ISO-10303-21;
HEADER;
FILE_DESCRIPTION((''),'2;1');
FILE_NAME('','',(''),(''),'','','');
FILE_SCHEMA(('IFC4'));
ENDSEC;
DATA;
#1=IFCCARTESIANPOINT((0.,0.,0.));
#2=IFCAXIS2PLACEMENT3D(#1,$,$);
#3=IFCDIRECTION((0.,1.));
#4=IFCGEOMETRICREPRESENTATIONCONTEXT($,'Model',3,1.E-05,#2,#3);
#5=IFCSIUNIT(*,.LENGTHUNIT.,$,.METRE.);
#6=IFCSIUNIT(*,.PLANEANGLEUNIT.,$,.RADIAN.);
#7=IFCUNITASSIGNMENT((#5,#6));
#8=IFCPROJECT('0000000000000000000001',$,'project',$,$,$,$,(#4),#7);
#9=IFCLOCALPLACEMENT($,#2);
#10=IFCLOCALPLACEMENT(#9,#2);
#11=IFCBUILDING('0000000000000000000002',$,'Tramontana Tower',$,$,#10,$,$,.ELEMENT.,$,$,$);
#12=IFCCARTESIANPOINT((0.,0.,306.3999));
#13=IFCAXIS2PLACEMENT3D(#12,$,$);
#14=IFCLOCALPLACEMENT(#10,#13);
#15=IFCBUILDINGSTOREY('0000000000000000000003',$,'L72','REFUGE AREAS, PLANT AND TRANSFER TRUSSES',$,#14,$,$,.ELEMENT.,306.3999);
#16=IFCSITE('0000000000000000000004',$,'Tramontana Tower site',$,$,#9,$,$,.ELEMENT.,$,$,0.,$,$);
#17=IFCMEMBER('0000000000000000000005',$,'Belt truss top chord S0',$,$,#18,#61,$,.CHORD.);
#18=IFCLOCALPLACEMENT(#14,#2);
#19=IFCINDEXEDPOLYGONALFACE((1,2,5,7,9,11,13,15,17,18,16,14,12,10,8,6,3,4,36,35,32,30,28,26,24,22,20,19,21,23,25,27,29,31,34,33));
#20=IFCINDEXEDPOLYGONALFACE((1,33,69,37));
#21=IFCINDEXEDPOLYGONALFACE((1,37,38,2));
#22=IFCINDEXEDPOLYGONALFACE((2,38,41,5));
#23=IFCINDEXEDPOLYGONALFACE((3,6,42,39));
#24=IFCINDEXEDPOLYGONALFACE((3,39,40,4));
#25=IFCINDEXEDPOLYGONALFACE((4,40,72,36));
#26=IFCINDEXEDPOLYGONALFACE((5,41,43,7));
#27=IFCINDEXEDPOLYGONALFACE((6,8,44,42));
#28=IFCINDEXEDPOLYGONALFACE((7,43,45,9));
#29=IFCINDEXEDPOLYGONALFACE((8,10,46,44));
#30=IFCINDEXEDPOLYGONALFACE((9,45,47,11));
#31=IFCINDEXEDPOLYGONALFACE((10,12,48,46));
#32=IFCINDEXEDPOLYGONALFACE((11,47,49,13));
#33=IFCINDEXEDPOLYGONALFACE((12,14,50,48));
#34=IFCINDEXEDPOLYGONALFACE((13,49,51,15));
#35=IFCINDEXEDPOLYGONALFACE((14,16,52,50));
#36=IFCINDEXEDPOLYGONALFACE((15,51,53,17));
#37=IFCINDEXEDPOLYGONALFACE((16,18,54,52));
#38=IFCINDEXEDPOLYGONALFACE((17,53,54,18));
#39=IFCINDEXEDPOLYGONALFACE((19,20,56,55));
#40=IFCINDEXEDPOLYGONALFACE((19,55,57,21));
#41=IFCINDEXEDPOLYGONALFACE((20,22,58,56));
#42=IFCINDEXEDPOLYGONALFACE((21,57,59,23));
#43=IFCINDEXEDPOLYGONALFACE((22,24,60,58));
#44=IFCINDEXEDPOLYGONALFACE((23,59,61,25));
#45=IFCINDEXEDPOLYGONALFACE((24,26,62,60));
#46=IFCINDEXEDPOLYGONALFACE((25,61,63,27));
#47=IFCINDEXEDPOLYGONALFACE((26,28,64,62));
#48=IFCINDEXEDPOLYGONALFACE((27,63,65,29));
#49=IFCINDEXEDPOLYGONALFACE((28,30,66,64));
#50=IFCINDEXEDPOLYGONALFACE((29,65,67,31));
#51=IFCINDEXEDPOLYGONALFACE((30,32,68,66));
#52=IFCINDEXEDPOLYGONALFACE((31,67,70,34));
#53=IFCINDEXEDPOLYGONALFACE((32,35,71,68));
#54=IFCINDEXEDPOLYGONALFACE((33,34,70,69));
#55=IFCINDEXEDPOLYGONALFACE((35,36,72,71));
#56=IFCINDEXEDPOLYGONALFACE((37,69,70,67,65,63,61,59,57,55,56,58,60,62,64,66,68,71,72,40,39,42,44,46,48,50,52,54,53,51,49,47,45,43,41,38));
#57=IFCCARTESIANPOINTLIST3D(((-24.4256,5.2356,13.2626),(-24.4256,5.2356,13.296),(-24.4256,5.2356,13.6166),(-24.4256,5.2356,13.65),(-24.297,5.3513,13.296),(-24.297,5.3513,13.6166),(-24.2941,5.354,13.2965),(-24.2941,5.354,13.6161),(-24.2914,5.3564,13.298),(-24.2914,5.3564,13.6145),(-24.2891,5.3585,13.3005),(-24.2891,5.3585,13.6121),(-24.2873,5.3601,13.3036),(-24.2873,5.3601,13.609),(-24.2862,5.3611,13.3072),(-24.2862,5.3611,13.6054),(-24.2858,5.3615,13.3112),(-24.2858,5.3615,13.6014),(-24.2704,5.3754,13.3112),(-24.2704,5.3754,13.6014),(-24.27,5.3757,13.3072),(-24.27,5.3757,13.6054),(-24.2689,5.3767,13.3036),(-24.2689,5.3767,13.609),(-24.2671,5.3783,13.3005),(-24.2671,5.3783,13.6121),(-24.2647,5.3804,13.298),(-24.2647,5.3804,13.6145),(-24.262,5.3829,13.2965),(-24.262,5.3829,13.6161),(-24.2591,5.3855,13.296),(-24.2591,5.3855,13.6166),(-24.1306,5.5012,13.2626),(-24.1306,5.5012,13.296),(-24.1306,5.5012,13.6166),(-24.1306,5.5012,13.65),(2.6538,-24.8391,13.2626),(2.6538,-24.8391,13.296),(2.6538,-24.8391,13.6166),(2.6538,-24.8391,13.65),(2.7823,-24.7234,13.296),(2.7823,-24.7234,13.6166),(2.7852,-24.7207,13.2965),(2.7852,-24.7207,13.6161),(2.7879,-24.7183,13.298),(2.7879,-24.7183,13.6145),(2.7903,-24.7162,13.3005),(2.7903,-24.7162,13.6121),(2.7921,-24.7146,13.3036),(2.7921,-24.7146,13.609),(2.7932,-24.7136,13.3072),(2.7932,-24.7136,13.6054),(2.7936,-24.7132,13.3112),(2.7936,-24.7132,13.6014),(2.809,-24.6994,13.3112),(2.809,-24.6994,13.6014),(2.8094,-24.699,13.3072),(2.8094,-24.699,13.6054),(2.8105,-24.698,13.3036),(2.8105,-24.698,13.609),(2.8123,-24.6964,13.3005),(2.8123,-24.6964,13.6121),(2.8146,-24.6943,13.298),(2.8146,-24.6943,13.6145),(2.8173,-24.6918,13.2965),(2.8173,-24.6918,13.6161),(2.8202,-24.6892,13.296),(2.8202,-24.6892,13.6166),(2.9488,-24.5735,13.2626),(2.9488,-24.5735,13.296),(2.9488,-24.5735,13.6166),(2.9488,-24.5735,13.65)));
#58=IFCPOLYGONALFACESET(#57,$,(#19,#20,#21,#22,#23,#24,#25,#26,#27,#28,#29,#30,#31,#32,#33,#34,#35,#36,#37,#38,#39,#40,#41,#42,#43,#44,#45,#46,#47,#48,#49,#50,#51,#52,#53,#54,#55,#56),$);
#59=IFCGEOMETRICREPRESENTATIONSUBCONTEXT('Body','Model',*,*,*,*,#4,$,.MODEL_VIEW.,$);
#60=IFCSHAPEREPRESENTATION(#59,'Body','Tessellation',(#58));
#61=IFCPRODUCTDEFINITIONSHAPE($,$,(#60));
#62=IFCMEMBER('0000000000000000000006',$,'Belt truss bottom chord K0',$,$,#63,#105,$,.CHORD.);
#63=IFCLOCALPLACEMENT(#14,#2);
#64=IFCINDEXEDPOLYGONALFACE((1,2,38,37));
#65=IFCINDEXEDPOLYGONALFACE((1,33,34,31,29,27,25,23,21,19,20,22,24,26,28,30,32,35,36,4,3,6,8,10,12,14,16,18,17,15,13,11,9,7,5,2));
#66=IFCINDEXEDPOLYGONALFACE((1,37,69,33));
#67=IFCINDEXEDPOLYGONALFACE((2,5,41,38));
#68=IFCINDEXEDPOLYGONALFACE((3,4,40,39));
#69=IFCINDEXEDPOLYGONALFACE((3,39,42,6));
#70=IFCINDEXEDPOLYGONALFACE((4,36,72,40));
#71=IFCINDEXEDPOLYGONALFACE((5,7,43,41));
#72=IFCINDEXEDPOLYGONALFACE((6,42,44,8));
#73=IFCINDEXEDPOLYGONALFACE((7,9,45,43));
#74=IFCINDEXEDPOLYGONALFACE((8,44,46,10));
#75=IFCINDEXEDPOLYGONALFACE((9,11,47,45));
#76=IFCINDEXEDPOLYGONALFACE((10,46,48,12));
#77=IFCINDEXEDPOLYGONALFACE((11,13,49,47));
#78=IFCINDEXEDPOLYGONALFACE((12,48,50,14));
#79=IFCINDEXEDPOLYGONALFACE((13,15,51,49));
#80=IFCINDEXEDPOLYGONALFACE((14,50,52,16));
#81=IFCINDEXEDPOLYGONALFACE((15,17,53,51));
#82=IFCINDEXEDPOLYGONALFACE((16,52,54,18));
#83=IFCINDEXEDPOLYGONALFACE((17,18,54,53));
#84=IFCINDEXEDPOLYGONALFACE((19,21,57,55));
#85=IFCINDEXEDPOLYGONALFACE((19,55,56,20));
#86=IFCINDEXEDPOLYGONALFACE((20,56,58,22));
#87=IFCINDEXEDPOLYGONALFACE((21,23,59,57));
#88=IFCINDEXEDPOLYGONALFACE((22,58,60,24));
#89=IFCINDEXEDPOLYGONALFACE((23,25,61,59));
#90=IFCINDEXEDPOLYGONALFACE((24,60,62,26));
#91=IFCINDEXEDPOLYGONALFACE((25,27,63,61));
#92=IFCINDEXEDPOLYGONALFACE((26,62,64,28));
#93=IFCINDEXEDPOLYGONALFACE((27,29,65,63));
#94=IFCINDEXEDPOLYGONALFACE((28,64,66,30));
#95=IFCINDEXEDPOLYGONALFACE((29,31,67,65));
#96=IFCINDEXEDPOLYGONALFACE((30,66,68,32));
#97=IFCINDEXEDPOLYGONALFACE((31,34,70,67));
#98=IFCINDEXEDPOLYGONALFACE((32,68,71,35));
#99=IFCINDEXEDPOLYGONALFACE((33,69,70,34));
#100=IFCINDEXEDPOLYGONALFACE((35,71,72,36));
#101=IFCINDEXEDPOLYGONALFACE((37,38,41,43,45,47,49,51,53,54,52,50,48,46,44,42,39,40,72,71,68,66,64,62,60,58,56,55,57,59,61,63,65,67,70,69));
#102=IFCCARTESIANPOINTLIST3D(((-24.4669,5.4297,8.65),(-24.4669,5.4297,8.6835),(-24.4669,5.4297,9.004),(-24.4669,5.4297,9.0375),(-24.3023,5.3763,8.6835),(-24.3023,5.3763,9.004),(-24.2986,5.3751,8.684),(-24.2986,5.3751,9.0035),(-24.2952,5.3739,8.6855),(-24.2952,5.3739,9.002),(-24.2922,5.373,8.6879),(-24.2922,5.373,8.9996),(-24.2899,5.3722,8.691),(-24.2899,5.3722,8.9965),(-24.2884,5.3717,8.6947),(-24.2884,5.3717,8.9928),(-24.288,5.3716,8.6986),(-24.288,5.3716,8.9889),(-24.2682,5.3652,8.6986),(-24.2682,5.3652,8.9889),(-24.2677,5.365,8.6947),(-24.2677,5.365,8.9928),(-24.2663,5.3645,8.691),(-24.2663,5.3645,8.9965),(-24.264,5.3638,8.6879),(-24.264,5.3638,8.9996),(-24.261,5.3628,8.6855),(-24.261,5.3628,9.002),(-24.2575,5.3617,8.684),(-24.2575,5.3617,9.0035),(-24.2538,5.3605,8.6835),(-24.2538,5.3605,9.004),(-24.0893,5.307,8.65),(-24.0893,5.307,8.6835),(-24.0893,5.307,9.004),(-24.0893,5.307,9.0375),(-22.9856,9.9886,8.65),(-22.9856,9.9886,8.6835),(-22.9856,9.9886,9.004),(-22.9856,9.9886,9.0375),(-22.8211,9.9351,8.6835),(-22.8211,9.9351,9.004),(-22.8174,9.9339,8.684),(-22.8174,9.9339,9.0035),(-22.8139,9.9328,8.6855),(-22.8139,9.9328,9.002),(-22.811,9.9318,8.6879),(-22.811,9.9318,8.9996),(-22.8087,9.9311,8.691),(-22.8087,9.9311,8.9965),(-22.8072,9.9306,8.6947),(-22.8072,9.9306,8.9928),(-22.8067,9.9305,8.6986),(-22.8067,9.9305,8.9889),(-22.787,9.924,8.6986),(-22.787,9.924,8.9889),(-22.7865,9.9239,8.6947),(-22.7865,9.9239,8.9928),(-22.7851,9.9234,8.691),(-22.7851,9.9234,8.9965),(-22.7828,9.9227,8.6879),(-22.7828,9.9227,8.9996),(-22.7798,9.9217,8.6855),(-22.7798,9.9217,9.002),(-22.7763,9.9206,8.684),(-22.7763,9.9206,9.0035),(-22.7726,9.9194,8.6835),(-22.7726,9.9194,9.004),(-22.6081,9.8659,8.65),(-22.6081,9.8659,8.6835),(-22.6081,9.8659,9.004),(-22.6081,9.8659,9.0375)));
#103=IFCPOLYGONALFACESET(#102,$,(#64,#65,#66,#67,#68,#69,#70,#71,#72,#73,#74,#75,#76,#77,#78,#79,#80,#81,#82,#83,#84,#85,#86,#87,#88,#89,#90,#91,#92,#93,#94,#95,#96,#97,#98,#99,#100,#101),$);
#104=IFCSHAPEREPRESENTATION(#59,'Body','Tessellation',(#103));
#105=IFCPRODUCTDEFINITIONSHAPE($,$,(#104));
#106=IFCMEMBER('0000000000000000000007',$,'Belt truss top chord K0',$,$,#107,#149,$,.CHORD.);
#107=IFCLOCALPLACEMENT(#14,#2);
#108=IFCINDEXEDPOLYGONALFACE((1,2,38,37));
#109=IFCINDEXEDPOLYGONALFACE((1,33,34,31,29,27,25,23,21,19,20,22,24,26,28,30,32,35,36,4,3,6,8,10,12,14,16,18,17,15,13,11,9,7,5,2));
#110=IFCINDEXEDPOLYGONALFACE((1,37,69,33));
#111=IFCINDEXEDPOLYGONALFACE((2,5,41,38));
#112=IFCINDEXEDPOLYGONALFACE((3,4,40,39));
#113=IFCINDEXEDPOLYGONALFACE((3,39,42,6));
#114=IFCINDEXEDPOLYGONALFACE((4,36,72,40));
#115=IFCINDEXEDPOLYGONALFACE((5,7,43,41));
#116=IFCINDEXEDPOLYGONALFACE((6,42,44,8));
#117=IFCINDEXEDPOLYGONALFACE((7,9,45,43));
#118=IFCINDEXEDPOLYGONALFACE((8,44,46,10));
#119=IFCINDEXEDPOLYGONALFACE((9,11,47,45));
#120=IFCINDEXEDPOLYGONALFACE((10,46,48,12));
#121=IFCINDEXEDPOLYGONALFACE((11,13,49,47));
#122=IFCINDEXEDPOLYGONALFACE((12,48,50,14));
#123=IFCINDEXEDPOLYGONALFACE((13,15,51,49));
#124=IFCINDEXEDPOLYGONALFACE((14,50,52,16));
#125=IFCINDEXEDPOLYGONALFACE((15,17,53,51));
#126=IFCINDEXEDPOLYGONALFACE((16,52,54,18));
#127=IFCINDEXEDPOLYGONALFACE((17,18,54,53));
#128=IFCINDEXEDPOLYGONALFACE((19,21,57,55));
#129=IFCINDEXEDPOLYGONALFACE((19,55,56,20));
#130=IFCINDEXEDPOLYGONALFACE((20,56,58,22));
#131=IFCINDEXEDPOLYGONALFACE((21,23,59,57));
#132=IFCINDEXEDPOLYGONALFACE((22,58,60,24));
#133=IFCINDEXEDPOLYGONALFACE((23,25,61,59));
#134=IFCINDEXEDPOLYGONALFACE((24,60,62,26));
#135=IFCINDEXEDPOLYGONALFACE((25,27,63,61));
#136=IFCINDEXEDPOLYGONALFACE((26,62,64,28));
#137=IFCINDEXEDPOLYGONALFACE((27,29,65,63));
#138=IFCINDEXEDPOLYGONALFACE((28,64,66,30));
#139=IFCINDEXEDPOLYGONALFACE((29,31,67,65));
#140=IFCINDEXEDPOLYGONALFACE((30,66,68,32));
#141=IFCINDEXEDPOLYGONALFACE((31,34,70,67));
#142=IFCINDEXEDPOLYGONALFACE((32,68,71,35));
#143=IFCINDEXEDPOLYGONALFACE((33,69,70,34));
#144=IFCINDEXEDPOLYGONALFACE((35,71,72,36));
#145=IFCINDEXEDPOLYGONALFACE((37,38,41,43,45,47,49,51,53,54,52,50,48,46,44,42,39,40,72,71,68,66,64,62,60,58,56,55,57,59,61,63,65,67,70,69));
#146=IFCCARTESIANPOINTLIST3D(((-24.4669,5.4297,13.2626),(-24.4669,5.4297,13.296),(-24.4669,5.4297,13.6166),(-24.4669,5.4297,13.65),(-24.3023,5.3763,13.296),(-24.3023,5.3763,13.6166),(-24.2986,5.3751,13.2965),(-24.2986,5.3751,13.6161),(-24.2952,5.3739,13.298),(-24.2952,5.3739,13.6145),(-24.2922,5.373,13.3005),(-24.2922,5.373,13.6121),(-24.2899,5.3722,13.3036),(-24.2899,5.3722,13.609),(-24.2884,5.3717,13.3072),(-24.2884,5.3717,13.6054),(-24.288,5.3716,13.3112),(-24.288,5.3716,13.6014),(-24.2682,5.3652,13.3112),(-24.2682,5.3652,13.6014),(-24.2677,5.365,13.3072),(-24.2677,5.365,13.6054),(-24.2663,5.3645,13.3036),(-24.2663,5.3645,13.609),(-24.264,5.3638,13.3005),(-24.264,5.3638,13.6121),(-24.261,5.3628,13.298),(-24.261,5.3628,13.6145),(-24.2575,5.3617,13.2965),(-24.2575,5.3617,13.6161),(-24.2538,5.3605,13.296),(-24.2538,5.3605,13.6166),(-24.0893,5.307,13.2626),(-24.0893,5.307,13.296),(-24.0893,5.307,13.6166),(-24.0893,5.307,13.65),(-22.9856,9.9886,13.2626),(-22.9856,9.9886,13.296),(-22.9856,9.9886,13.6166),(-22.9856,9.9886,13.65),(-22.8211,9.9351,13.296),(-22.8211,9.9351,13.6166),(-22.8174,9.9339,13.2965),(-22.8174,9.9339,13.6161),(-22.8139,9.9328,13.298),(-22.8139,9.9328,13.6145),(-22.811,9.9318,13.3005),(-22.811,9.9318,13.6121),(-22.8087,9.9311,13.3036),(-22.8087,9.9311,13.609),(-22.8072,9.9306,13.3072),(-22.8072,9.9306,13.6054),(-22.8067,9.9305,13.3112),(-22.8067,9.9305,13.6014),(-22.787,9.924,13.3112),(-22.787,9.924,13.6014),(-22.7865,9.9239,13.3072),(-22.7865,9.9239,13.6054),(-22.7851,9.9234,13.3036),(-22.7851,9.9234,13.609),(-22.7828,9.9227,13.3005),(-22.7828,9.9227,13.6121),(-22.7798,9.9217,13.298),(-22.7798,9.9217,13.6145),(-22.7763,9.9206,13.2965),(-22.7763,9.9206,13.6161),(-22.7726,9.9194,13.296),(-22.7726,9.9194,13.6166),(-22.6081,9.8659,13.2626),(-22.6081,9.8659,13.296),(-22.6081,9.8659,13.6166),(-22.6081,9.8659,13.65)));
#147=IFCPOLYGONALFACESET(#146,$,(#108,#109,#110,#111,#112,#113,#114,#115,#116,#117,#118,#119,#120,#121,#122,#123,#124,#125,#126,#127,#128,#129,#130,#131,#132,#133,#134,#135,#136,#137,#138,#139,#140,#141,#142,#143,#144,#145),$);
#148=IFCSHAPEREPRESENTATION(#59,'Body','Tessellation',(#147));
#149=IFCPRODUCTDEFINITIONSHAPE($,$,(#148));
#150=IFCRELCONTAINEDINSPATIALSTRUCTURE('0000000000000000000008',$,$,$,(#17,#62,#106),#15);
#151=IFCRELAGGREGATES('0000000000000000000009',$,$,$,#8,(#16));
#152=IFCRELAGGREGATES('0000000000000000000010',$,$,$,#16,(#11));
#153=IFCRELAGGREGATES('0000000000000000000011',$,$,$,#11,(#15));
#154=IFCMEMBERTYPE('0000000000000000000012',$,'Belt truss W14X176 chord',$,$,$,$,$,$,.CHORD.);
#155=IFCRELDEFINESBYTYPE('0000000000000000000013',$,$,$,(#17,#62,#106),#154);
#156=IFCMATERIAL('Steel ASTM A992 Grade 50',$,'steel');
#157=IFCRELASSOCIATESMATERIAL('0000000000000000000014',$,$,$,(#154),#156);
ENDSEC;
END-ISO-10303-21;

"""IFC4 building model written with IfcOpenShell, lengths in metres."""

from ifc_helpers import new_model, si_unit, direction, frame, origin, origin_2d, place, context, subcontext, project, spatial, i_section, extrude, material, material_profile, profile_set, type_object, element, save


model = new_model("IFC4")

# Units and contexts
model_context = context("Model", 3, precision=1e-05, world=origin(), true_north=direction((0.0, 1.0)))
body_context = subcontext(model_context, "Body", "Model", "MODEL_VIEW")
ifc_project = project(units=[si_unit("LENGTHUNIT", "METRE"), si_unit("PLANEANGLEUNIT", "RADIAN")], contexts=[model_context])

# Site, building, storey
site_placement = place(None, origin())
site = spatial("IfcSite", under=ifc_project, at=site_placement, Name="Tramontana Tower site", CompositionType="ELEMENT", RefElevation=0.0)
building_placement = place(site_placement, origin())
building = spatial("IfcBuilding", under=site, at=building_placement, Name="Tramontana Tower", CompositionType="ELEMENT")
storey_placement = place(building_placement, frame((0.0, 0.0, 306.3999)))
storey = spatial("IfcBuildingStorey", under=building, at=storey_placement, Name="L72", Description="REFUGE AREAS, PLANT AND TRANSFER TRUSSES", CompositionType="ELEMENT", Elevation=306.3999)

# Members
ifc_material_1 = material(Name="Steel ASTM A992 Grade 50", Category="steel")
ifc_material_profile_1 = material_profile(ifc_material_1, i_section(OverallWidth=0.397, OverallDepth=0.3875, WebThickness=0.0208, FlangeThickness=0.0334, FilletRadius=0.0151, at=origin_2d()), Name="W14X176")
ifc_profile_set_1 = profile_set([ifc_material_profile_1], Name="Steel ASTM A992 Grade 50")
member_type_1 = type_object("IfcMemberType", Name="Belt truss W14X176 chord", PredefinedType="CHORD", material=ifc_profile_set_1)
for number, where, z_axis, x_axis, name in (
    (1, (-24.2781, 5.3684, 13.4563), (0.66913, -0.743145, 0.0), (0.743145, 0.66913, 0.0), "Belt truss top chord S0"),
):
    element("IfcMember", number, at=place(storey_placement, frame(where, z_axis=z_axis, x_axis=x_axis)), inside=storey, type_object=member_type_1, Name=name, PredefinedType="CHORD", context=body_context, shape_type="SweptSolid", body=[
        extrude(i_section(OverallWidth=0.397, OverallDepth=0.3875, WebThickness=0.0208, FlangeThickness=0.0334, FilletRadius=0.0151, at=origin_2d()), origin(), (0.0, 0.0, 1.0), 40.4695),
    ])
for number, where, z_axis, x_axis, name in (
    (2, (-22.7969, 9.9272, 8.8438), (-0.309007, -0.95106, 0.0), (0.95106, -0.309007, 0.0), "Belt truss bottom chord K0"),
    (3, (-22.7969, 9.9272, 13.4563), (-0.309007, -0.95106, 0.0), (0.95106, -0.309007, 0.0), "Belt truss top chord K0"),
):
    element("IfcMember", number, at=place(storey_placement, frame(where, z_axis=z_axis, x_axis=x_axis)), inside=storey, type_object=member_type_1, Name=name, PredefinedType="CHORD", context=body_context, shape_type="SweptSolid", body=[
        extrude(i_section(OverallWidth=0.397, OverallDepth=0.3875, WebThickness=0.0208, FlangeThickness=0.0334, FilletRadius=0.0151, at=origin_2d()), origin(), (0.0, 0.0, 1.0), 4.7935),
    ])

save(model, "model.ifc")
